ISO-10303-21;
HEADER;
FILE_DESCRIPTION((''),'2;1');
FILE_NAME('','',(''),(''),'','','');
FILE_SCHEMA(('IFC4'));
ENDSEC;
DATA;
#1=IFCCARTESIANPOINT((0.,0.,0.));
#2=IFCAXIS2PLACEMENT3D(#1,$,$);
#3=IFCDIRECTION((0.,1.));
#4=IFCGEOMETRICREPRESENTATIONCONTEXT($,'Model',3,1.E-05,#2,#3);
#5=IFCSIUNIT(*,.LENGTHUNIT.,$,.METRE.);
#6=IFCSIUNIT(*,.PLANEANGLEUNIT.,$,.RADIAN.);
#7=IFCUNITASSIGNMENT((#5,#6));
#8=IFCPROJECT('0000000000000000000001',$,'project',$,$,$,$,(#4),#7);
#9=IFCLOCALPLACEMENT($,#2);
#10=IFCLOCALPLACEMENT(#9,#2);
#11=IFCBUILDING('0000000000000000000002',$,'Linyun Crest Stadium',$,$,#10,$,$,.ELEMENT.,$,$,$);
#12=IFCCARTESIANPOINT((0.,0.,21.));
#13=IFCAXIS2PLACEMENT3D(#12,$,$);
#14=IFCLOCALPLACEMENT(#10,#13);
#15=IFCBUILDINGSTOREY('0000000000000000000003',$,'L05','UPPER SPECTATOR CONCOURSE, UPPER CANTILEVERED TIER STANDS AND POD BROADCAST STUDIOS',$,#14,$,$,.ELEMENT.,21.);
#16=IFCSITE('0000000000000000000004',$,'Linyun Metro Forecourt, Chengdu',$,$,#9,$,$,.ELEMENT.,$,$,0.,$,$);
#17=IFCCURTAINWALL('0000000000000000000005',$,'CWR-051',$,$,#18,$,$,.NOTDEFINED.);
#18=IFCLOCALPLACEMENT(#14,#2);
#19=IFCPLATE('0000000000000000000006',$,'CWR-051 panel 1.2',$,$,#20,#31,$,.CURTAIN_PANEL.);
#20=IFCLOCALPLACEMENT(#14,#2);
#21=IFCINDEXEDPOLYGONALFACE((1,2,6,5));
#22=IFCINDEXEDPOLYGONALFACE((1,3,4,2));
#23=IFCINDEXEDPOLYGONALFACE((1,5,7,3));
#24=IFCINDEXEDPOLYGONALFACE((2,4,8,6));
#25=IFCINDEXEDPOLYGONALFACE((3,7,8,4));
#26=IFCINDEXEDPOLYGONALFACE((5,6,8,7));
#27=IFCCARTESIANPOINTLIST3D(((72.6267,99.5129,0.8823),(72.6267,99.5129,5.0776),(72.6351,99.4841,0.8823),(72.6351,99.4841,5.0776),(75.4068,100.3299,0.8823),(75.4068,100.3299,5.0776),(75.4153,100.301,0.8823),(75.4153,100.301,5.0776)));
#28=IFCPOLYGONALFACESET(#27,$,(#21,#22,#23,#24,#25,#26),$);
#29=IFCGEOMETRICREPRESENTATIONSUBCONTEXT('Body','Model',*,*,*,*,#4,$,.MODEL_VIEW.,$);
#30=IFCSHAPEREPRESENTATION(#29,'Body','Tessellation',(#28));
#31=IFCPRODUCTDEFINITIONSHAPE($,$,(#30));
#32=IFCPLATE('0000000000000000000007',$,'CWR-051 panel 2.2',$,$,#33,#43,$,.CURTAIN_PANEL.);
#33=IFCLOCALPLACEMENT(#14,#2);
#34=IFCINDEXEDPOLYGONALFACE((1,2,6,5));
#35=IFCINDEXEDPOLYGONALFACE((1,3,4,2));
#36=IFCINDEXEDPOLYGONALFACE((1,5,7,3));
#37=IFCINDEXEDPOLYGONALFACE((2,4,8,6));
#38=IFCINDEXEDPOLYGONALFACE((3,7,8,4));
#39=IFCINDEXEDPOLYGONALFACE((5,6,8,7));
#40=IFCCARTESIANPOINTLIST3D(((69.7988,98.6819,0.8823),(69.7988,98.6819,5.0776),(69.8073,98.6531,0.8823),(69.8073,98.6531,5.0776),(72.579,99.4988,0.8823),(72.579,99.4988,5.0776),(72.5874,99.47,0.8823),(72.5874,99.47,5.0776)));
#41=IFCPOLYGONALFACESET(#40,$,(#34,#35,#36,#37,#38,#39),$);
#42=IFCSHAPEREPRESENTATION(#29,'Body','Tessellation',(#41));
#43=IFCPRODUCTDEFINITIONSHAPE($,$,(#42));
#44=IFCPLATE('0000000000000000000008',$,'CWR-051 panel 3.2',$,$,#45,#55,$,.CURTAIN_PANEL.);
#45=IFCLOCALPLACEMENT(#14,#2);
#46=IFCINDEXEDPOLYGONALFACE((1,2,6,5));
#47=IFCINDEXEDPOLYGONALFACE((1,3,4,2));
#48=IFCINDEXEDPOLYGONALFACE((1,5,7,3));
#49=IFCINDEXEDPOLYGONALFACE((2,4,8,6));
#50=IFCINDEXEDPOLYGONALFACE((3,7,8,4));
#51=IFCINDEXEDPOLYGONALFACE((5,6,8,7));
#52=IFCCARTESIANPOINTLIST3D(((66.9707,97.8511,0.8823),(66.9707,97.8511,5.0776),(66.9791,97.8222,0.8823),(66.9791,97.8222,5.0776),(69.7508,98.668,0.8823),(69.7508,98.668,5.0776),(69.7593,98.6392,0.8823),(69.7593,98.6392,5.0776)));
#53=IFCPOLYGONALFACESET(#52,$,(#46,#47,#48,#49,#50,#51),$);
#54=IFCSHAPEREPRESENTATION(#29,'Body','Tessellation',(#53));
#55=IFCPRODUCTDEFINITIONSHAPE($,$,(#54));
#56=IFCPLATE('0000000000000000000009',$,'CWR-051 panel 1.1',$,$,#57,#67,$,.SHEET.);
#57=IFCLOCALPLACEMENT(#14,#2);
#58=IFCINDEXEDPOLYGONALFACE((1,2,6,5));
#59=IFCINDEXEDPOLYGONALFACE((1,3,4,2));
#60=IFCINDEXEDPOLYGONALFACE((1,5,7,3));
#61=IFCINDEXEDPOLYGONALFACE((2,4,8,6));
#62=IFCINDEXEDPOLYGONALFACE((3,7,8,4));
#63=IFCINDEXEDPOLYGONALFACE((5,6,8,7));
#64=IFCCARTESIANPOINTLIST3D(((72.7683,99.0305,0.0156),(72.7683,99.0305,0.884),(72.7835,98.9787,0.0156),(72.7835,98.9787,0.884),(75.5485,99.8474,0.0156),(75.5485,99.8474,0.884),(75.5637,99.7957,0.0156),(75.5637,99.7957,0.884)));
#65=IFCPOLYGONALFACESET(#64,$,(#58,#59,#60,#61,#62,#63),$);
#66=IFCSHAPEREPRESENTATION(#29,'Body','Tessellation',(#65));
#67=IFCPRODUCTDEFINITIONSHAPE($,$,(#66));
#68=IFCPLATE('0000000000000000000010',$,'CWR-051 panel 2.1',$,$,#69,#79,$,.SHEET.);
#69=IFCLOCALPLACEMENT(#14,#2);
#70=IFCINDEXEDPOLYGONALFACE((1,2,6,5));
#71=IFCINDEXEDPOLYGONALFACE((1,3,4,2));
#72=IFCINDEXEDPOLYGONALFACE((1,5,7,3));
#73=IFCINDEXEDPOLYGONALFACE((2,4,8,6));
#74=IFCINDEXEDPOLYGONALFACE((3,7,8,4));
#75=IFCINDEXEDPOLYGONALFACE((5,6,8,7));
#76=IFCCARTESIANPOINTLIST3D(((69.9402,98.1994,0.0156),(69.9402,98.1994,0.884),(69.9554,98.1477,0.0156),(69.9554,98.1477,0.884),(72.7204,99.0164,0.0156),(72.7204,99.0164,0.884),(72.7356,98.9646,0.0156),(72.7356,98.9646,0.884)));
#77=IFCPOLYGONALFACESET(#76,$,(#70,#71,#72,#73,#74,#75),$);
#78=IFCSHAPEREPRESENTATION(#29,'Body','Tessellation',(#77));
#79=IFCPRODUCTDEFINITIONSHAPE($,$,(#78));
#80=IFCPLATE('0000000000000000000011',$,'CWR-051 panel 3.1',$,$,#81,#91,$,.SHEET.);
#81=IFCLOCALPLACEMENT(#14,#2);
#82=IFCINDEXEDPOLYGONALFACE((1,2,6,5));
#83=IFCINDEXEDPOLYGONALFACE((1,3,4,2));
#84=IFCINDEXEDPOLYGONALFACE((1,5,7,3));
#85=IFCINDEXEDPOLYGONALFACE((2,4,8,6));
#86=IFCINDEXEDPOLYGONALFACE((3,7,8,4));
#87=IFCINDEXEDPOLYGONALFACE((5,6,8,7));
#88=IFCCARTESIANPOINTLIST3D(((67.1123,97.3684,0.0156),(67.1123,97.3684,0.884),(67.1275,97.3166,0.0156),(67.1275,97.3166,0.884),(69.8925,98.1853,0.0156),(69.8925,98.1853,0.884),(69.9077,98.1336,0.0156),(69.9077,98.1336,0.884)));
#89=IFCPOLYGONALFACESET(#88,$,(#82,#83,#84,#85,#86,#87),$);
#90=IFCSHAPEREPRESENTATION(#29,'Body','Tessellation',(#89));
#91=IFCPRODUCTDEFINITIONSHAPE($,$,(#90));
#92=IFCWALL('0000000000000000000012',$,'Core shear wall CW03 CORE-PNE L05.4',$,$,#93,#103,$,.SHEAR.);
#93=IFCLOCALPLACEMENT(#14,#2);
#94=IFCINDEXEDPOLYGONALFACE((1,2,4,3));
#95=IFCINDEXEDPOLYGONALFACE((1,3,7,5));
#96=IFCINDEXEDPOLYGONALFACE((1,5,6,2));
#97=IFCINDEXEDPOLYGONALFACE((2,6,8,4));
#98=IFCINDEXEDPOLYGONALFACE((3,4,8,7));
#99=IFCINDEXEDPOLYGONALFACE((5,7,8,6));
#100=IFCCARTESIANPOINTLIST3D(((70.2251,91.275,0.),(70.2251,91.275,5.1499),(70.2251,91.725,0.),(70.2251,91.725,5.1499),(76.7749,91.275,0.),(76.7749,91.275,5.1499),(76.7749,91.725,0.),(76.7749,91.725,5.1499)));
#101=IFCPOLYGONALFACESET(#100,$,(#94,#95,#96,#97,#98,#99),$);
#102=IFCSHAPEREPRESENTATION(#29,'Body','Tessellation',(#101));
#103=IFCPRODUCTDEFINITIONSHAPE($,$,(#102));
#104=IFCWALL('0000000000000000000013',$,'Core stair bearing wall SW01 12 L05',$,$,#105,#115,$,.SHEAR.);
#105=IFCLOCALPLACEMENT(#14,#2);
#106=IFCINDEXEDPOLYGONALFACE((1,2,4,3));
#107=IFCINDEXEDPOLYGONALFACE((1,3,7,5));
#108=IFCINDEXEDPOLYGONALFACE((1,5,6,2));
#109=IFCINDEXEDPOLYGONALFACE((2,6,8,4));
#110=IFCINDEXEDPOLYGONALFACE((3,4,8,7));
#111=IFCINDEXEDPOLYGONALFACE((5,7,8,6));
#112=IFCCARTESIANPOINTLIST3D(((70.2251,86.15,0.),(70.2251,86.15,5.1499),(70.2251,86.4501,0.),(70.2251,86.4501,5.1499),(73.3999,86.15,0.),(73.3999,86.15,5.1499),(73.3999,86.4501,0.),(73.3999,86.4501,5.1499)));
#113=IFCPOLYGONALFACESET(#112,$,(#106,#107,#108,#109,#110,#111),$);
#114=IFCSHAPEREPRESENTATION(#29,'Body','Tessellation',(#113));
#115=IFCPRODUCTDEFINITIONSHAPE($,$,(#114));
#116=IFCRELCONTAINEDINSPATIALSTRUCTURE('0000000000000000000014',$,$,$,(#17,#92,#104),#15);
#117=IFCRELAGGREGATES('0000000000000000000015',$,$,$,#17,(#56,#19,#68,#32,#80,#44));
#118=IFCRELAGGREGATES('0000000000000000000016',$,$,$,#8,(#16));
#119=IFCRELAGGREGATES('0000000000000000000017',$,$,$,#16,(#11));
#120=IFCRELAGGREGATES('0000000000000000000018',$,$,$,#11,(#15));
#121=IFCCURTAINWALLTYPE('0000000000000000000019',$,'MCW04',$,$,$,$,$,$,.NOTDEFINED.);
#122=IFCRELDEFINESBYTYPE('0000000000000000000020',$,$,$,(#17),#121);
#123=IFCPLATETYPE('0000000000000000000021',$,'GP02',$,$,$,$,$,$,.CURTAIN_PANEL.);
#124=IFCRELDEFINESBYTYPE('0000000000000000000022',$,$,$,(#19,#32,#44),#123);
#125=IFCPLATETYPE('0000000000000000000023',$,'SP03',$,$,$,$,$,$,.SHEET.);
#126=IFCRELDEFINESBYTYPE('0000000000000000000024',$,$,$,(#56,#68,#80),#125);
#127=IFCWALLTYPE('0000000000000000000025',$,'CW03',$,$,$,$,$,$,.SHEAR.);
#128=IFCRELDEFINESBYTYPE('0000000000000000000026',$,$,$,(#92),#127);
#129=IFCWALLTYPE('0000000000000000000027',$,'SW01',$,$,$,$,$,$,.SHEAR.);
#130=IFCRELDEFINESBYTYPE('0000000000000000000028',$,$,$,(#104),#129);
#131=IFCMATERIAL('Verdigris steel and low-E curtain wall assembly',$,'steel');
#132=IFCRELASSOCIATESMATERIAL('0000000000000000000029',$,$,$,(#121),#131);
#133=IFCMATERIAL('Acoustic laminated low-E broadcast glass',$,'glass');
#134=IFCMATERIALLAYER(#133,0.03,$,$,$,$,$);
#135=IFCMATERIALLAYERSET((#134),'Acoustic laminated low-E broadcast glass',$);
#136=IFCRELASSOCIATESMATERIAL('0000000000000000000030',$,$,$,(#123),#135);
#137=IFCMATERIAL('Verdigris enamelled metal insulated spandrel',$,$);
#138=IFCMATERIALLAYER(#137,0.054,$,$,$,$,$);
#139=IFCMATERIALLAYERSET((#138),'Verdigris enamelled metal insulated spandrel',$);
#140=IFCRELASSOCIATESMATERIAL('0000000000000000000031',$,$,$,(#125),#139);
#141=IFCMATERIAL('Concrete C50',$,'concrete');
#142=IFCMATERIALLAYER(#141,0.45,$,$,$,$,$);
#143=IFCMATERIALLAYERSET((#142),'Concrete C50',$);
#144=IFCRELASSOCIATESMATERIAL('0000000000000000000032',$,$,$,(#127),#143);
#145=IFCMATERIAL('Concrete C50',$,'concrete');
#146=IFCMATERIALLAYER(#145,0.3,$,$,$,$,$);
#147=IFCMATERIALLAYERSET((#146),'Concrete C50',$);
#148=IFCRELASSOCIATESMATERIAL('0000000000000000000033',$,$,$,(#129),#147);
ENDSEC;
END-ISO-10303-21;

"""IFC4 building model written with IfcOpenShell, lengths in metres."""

from ifc_helpers import new_model, si_unit, direction, frame, frame_2d, origin, origin_2d, place, context, subcontext, project, spatial, rectangle, extrude, material, layer, layer_set, type_object, element, aggregate, save


model = new_model("IFC4")

# Units and contexts
model_context = context("Model", 3, precision=1e-05, world=origin(), true_north=direction((0.0, 1.0)))
body_context = subcontext(model_context, "Body", "Model", "MODEL_VIEW")
ifc_project = project(units=[si_unit("LENGTHUNIT", "METRE"), si_unit("PLANEANGLEUNIT", "RADIAN")], contexts=[model_context])

# Site, building, storey
site_placement = place(None, origin())
site = spatial("IfcSite", under=ifc_project, at=site_placement, Name="Linyun Metro Forecourt, Chengdu", CompositionType="ELEMENT", RefElevation=0.0)
building_placement = place(site_placement, origin())
building = spatial("IfcBuilding", under=site, at=building_placement, Name="Linyun Crest Stadium", CompositionType="ELEMENT")
storey_placement = place(building_placement, frame((0.0, 0.0, 21.0)))
storey = spatial("IfcBuildingStorey", under=building, at=storey_placement, Name="L05", Description="UPPER SPECTATOR CONCOURSE, UPPER CANTILEVERED TIER STANDS AND POD BROADCAST STUDIOS", CompositionType="ELEMENT", Elevation=21.0)

# Curtain wall, plates
ifc_material_1 = material(Name="Verdigris steel and low-E curtain wall assembly", Category="steel")
curtain_wall_type = type_object("IfcCurtainWallType", Name="MCW04", PredefinedType="NOTDEFINED", material=ifc_material_1)
curtain_wall_placement = place(storey_placement, origin())
curtain_wall = element("IfcCurtainWall", 1, at=curtain_wall_placement, inside=storey, type_object=curtain_wall_type, Name="CWR-051", PredefinedType="NOTDEFINED")
ifc_material_2 = material(Name="Acoustic laminated low-E broadcast glass", Category="glass")
ifc_layer_1 = layer(ifc_material_2, 0.03)
ifc_layer_set_1 = layer_set([ifc_layer_1], Name="Acoustic laminated low-E broadcast glass")
plate_type_1 = type_object("IfcPlateType", Name="GP02", PredefinedType="CURTAIN_PANEL", material=ifc_layer_set_1)
plate_1_placement = place(storey_placement, frame((74.021, 99.907, 0.8823), z_axis=(0.0, 0.0, 1.0), x_axis=(-0.959437, -0.281923, 0.0)))
plate_1 = element("IfcPlate", 2, at=plate_1_placement, type_object=plate_type_1, Name="CWR-051 panel 1.2", PredefinedType="CURTAIN_PANEL", context=body_context, shape_type="SweptSolid", body=[
    extrude(rectangle(XDim=2.8977, YDim=0.03, at=origin_2d()), origin(), (0.0, 0.0, 1.0), 4.1953),
])
plate_2_placement = place(storey_placement, frame((71.1931, 99.0759, 0.8823), z_axis=(0.0, 0.0, 1.0), x_axis=(-0.959437, -0.281923, 0.0)))
plate_2 = element("IfcPlate", 3, at=plate_2_placement, type_object=plate_type_1, Name="CWR-051 panel 2.2", PredefinedType="CURTAIN_PANEL", context=body_context, shape_type="SweptSolid", body=[
    extrude(rectangle(XDim=2.8977, YDim=0.03, at=origin_2d()), origin(), (0.0, 0.0, 1.0), 4.1953),
])
plate_3_placement = place(storey_placement, frame((68.365, 98.2451, 0.8823), z_axis=(0.0, 0.0, 1.0), x_axis=(-0.959437, -0.281923, 0.0)))
plate_3 = element("IfcPlate", 4, at=plate_3_placement, type_object=plate_type_1, Name="CWR-051 panel 3.2", PredefinedType="CURTAIN_PANEL", context=body_context, shape_type="SweptSolid", body=[
    extrude(rectangle(XDim=2.8977, YDim=0.03, at=origin_2d()), origin(), (0.0, 0.0, 1.0), 4.1953),
])
ifc_material_3 = material(Name="Verdigris enamelled metal insulated spandrel")
ifc_layer_2 = layer(ifc_material_3, 0.054)
ifc_layer_set_2 = layer_set([ifc_layer_2], Name="Verdigris enamelled metal insulated spandrel")
plate_type_2 = type_object("IfcPlateType", Name="SP03", PredefinedType="SHEET", material=ifc_layer_set_2)
plate_4_placement = place(storey_placement, frame((74.166, 99.4131, 0.0156), z_axis=(0.0, 0.0, 1.0), x_axis=(-0.959437, -0.281923, 0.0)))
plate_4 = element("IfcPlate", 5, at=plate_4_placement, type_object=plate_type_2, Name="CWR-051 panel 1.1", PredefinedType="SHEET", context=body_context, shape_type="SweptSolid", body=[
    extrude(rectangle(XDim=2.8977, YDim=0.054, at=origin_2d()), origin(), (0.0, 0.0, 1.0), 0.8684),
])
plate_5_placement = place(storey_placement, frame((71.3379, 98.582, 0.0156), z_axis=(0.0, 0.0, 1.0), x_axis=(-0.959437, -0.281923, 0.0)))
plate_5 = element("IfcPlate", 6, at=plate_5_placement, type_object=plate_type_2, Name="CWR-051 panel 2.1", PredefinedType="SHEET", context=body_context, shape_type="SweptSolid", body=[
    extrude(rectangle(XDim=2.8977, YDim=0.054, at=origin_2d()), origin(), (0.0, 0.0, 1.0), 0.8684),
])
plate_6_placement = place(storey_placement, frame((68.51, 97.751, 0.0156), z_axis=(0.0, 0.0, 1.0), x_axis=(-0.959437, -0.281923, 0.0)))
plate_6 = element("IfcPlate", 7, at=plate_6_placement, type_object=plate_type_2, Name="CWR-051 panel 3.1", PredefinedType="SHEET", context=body_context, shape_type="SweptSolid", body=[
    extrude(rectangle(XDim=2.8977, YDim=0.054, at=origin_2d()), origin(), (0.0, 0.0, 1.0), 0.8684),
])
aggregate(curtain_wall, [plate_4, plate_1, plate_5, plate_2, plate_6, plate_3])

# Walls
ifc_material_4 = material(Name="Concrete C50", Category="concrete")
ifc_layer_3 = layer(ifc_material_4, 0.45)
ifc_layer_set_3 = layer_set([ifc_layer_3], Name="Concrete C50")
wall_type_1 = type_object("IfcWallType", Name="CW03", PredefinedType="SHEAR", material=ifc_layer_set_3)
wall_1_placement = place(storey_placement, frame((70.2251, 91.5, 0.0), z_axis=(0.0, 0.0, 1.0), x_axis=(1.0, 0.0, 0.0)))
element("IfcWall", 8, at=wall_1_placement, inside=storey, type_object=wall_type_1, Name="Core shear wall CW03 CORE-PNE L05.4", PredefinedType="SHEAR", context=body_context, shape_type="SweptSolid", body=[
    extrude(rectangle(XDim=6.5498, YDim=0.45, at=frame_2d((3.2749, 0.0))), origin(), (0.0, 0.0, 1.0), 5.1499),
])
ifc_material_5 = material(Name="Concrete C50", Category="concrete")
ifc_layer_4 = layer(ifc_material_5, 0.3)
ifc_layer_set_4 = layer_set([ifc_layer_4], Name="Concrete C50")
wall_type_2 = type_object("IfcWallType", Name="SW01", PredefinedType="SHEAR", material=ifc_layer_set_4)
wall_2_placement = place(storey_placement, frame((70.2251, 86.3, 0.0), z_axis=(0.0, 0.0, 1.0), x_axis=(1.0, 0.0, 0.0)))
element("IfcWall", 9, at=wall_2_placement, inside=storey, type_object=wall_type_2, Name="Core stair bearing wall SW01 12 L05", PredefinedType="SHEAR", context=body_context, shape_type="SweptSolid", body=[
    extrude(rectangle(XDim=3.1748, YDim=0.3, at=frame_2d((1.5874, 0.0))), origin(), (0.0, 0.0, 1.0), 5.1499),
])

save(model, "model.ifc")
